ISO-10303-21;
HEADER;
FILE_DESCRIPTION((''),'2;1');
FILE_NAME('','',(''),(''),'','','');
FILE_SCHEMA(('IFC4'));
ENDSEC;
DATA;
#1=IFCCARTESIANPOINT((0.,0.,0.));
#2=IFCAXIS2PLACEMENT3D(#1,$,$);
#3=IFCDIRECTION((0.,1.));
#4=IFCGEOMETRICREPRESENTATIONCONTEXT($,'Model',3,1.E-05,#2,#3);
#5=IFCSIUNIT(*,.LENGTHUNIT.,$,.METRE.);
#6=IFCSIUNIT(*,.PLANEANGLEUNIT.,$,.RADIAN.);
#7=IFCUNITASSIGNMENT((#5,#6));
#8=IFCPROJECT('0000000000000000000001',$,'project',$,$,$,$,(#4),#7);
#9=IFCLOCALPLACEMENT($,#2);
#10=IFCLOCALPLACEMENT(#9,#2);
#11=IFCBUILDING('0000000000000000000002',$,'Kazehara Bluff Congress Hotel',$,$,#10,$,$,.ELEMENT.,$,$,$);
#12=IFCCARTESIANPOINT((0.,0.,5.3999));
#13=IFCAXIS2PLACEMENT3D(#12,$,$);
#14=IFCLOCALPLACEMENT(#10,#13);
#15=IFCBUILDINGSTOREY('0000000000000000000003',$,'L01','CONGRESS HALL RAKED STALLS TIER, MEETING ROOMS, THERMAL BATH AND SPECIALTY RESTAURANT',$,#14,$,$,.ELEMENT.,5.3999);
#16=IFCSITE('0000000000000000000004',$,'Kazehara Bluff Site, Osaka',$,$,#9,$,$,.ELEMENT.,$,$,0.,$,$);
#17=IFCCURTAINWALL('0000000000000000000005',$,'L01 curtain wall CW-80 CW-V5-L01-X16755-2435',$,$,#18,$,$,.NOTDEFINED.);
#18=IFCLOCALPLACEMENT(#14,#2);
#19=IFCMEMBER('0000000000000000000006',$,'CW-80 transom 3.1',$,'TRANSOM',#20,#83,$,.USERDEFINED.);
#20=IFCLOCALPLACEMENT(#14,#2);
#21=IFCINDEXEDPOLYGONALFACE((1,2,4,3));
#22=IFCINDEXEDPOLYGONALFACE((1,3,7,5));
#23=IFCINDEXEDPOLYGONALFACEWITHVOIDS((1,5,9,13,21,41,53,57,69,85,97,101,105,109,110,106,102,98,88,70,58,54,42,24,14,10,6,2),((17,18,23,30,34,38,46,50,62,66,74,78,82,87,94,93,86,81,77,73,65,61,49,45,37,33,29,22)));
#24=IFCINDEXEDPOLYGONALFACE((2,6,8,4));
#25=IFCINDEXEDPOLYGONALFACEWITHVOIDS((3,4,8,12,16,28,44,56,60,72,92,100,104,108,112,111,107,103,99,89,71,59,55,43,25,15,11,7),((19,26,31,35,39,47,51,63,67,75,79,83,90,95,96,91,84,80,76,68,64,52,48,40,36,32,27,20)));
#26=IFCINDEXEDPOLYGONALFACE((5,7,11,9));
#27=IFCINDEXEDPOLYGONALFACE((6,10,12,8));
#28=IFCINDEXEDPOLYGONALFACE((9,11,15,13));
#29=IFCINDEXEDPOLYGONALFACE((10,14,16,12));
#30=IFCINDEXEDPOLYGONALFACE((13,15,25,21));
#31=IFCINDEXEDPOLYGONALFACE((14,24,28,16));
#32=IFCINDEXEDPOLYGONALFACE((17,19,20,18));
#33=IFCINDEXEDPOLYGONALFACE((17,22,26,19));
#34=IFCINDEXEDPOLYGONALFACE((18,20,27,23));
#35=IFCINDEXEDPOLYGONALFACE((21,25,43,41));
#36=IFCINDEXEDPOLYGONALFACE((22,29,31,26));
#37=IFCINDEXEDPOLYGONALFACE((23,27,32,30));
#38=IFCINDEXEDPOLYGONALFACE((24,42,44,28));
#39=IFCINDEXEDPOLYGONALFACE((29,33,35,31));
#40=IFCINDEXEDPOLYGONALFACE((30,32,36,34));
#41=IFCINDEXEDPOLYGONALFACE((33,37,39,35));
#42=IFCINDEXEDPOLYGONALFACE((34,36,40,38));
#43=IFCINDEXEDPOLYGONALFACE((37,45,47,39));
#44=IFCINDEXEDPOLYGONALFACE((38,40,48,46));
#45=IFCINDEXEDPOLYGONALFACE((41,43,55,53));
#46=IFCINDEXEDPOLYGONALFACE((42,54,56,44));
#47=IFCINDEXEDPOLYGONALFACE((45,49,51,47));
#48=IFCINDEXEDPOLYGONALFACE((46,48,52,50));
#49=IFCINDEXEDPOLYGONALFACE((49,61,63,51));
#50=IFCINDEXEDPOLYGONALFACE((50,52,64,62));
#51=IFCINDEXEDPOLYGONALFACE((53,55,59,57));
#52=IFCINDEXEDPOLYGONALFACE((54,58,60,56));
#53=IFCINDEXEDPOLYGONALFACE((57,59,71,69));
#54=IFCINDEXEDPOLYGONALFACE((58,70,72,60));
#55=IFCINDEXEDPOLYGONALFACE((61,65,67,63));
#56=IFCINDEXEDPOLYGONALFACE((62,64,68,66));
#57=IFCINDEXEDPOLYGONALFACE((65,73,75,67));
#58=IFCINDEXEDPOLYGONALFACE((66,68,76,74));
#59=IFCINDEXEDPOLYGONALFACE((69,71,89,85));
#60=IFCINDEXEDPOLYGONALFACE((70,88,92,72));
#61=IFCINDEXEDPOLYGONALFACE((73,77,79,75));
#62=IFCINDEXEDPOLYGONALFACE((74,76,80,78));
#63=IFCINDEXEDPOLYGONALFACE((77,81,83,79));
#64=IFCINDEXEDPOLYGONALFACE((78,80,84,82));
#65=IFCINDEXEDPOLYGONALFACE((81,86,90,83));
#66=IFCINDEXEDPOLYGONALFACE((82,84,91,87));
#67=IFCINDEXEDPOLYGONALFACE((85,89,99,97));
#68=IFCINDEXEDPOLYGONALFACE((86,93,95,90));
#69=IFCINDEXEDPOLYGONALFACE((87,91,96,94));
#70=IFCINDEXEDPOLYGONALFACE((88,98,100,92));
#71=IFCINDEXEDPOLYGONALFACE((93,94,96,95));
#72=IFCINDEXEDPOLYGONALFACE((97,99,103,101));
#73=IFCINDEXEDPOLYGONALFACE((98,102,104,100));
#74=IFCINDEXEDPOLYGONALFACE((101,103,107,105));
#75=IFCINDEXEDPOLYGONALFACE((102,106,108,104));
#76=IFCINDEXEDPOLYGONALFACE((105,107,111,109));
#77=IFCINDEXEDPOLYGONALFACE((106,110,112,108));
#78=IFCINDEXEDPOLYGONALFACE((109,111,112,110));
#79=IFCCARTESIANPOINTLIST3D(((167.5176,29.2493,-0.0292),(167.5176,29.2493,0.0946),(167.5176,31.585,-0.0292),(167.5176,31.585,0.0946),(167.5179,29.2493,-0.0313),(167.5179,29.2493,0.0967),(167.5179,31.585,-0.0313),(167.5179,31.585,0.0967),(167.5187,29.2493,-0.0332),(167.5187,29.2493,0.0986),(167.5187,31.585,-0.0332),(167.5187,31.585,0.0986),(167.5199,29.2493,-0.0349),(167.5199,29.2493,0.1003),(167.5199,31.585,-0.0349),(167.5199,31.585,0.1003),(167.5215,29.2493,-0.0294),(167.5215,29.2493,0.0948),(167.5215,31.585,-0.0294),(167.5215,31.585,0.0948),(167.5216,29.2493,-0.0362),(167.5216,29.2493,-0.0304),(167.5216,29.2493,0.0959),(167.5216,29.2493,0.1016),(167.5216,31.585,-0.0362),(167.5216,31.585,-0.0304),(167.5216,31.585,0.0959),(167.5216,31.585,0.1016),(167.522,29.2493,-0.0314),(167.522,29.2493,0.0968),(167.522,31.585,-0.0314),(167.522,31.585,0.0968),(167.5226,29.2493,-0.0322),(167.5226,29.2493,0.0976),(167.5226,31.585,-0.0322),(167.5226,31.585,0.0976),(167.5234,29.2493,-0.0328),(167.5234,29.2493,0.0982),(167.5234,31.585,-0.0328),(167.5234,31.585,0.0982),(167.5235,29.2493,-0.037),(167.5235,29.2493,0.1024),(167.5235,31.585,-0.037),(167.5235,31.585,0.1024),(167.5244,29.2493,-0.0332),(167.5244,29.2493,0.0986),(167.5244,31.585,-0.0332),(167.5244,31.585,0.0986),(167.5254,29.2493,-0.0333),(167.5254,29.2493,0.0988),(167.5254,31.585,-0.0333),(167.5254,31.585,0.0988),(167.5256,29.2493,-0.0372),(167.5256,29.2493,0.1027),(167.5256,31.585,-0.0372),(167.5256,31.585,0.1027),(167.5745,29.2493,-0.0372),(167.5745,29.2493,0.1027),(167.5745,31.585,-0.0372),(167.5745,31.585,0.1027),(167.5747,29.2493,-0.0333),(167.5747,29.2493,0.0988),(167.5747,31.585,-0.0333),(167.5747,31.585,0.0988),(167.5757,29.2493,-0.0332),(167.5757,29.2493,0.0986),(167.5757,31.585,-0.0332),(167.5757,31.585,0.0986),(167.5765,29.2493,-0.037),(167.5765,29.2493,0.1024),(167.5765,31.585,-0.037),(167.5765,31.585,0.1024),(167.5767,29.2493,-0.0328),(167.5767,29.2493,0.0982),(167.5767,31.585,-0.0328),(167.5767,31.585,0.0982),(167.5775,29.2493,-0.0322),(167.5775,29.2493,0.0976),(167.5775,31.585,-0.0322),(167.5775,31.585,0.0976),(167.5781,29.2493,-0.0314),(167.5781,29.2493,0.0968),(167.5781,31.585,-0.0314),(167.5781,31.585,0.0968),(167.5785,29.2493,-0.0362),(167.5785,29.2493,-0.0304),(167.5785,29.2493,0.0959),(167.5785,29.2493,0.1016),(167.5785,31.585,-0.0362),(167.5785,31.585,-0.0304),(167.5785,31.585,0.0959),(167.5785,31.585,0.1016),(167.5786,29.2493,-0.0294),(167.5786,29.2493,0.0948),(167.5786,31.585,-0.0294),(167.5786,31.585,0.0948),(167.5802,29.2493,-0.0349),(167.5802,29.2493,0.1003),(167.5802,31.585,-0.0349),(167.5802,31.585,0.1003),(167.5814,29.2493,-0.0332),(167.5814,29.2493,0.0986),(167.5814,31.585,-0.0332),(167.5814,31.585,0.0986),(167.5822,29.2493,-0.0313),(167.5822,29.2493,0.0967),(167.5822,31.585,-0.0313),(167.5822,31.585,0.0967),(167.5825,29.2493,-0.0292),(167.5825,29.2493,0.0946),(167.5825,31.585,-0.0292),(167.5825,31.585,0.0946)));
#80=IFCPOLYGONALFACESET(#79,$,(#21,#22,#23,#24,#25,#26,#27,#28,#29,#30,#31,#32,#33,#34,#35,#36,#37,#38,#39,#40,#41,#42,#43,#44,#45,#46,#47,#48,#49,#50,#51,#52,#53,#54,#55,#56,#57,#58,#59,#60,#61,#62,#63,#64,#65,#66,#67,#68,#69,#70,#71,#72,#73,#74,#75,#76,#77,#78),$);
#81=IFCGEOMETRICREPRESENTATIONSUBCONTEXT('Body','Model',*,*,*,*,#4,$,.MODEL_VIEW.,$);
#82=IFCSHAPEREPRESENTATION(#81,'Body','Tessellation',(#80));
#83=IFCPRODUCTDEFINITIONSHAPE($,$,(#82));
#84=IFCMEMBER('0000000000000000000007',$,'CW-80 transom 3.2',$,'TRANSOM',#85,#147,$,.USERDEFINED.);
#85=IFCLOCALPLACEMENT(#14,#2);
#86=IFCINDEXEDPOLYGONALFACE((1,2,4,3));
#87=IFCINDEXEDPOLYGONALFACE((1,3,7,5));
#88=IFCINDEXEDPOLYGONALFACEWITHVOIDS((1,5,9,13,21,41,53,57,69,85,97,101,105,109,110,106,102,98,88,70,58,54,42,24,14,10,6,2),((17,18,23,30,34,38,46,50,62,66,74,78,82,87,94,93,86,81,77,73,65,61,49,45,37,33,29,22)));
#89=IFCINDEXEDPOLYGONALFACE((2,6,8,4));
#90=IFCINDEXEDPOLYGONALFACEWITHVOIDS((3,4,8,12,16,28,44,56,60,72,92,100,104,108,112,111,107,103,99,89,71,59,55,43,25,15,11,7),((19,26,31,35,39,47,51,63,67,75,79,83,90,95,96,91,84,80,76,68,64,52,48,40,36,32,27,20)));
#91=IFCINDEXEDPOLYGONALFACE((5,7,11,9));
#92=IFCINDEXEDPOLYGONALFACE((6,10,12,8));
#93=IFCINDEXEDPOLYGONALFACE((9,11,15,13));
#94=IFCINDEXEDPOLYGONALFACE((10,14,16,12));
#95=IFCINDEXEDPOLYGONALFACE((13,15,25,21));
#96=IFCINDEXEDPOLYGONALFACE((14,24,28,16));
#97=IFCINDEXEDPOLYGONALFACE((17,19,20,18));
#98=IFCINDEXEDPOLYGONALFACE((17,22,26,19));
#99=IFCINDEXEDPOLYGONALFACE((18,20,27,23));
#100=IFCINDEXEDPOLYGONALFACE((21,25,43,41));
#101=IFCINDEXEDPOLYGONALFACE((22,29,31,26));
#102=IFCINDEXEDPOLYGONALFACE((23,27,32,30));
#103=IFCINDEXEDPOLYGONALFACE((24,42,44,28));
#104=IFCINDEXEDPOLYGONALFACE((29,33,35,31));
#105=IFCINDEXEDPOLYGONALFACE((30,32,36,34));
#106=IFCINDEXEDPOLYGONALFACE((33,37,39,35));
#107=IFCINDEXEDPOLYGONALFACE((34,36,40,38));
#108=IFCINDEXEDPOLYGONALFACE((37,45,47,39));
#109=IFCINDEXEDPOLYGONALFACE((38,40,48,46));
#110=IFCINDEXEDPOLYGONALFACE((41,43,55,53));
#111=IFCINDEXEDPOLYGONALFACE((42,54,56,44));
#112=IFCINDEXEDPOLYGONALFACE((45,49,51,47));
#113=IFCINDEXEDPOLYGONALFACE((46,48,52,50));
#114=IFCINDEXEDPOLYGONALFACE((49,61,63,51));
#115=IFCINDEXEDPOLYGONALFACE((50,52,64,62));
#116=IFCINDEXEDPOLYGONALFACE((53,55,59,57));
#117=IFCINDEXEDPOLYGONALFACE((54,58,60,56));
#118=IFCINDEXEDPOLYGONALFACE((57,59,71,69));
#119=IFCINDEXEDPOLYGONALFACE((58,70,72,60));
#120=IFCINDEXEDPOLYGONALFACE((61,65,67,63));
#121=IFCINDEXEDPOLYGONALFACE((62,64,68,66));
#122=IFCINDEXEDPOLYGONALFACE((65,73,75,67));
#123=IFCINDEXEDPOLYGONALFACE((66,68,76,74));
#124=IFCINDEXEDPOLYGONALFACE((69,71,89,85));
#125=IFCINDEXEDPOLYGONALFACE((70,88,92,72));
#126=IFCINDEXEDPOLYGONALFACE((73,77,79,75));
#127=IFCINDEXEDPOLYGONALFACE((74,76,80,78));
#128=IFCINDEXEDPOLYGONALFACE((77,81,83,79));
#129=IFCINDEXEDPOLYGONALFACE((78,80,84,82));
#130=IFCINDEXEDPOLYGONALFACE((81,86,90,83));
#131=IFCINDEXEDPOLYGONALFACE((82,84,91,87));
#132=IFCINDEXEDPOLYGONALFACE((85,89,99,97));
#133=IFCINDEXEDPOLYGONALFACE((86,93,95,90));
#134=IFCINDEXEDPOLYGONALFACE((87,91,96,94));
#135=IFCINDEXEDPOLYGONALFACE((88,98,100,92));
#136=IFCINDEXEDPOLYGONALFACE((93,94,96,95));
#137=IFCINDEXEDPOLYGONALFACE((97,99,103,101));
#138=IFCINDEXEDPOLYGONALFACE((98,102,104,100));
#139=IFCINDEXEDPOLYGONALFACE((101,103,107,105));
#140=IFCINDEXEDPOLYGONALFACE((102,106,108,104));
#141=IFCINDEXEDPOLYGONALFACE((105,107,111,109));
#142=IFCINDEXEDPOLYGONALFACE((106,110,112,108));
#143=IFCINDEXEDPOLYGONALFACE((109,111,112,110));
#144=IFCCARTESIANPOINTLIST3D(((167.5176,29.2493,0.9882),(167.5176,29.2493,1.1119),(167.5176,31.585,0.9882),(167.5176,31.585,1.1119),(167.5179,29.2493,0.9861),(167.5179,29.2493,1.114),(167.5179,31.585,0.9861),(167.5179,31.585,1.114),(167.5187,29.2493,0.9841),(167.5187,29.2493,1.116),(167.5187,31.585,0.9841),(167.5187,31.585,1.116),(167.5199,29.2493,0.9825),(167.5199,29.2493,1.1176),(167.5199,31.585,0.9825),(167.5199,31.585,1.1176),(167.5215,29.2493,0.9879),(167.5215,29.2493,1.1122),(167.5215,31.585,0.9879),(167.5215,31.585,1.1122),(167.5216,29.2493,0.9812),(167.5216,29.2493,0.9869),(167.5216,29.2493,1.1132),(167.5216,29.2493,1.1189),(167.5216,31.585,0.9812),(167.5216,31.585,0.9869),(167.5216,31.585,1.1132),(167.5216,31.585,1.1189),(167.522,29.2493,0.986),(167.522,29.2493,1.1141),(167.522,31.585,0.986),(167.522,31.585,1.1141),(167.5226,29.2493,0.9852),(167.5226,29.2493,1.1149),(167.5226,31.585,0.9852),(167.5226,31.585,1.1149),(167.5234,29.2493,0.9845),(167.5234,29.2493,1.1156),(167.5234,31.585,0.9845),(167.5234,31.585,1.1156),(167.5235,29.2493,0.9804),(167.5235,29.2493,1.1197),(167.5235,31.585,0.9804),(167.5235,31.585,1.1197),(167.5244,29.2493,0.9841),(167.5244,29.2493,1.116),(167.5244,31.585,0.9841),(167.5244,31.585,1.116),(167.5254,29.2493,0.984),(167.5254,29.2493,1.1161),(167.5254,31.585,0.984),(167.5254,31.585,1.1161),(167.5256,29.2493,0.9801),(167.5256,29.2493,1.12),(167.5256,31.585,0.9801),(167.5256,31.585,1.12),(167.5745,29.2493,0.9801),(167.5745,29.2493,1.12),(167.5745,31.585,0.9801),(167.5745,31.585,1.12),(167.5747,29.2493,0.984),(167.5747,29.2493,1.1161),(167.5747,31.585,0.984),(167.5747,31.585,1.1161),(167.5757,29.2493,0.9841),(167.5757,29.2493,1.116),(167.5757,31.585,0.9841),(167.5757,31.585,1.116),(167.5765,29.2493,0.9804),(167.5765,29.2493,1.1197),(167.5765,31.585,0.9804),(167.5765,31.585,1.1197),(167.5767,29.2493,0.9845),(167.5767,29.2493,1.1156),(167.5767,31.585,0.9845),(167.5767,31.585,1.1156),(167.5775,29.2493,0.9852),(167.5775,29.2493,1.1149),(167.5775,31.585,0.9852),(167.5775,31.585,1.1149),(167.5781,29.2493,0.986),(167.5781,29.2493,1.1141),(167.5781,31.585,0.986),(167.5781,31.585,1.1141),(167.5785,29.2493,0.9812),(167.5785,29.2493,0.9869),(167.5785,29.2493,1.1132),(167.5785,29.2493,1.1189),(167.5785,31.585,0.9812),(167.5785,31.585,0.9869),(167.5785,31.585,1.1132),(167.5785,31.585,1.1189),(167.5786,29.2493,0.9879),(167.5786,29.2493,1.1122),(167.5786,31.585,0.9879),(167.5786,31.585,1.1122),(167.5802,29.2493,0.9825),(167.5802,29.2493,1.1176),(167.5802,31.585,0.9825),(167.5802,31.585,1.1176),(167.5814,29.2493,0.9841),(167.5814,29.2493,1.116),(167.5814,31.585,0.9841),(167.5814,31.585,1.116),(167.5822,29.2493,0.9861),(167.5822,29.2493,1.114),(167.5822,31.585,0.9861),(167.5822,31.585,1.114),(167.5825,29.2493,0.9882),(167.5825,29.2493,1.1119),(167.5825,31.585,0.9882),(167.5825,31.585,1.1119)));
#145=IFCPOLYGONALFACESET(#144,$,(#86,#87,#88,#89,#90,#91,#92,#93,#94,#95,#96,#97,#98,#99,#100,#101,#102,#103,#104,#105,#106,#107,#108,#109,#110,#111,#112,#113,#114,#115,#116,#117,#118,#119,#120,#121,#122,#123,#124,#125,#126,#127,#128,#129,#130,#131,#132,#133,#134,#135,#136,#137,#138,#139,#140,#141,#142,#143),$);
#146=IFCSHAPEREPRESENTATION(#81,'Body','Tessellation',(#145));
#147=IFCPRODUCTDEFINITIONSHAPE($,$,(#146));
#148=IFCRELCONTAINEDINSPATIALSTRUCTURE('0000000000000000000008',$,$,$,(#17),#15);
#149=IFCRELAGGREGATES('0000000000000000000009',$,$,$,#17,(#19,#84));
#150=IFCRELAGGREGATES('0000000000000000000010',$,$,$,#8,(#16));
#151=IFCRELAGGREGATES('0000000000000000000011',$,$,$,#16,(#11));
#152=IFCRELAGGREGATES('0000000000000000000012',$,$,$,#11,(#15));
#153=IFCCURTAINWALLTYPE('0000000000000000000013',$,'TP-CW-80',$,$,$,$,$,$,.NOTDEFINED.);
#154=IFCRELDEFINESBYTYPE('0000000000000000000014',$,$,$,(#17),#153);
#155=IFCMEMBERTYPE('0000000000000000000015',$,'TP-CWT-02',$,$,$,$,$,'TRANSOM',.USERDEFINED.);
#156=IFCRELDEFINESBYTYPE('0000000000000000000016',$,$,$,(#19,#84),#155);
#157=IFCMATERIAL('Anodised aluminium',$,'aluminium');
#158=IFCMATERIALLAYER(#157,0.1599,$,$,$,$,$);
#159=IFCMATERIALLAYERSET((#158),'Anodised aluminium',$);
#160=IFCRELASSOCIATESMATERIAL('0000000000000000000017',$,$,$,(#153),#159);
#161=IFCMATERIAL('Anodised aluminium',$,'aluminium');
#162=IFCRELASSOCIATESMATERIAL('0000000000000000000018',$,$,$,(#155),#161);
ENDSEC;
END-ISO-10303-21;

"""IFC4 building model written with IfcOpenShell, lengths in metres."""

from ifc_helpers import new_model, si_unit, direction, frame, origin, origin_2d, place, context, subcontext, project, spatial, hollow_rectangle, extrude, material, layer, layer_set, material_profile, profile_set, type_object, element, aggregate, save


model = new_model("IFC4")

# Units and contexts
model_context = context("Model", 3, precision=1e-05, world=origin(), true_north=direction((0.0, 1.0)))
body_context = subcontext(model_context, "Body", "Model", "MODEL_VIEW")
ifc_project = project(units=[si_unit("LENGTHUNIT", "METRE"), si_unit("PLANEANGLEUNIT", "RADIAN")], contexts=[model_context])

# Site, building, storey
site_placement = place(None, origin())
site = spatial("IfcSite", under=ifc_project, at=site_placement, Name="Kazehara Bluff Site, Osaka", CompositionType="ELEMENT", RefElevation=0.0)
building_placement = place(site_placement, origin())
building = spatial("IfcBuilding", under=site, at=building_placement, Name="Kazehara Bluff Congress Hotel", CompositionType="ELEMENT")
storey_placement = place(building_placement, frame((0.0, 0.0, 5.3999)))
storey = spatial("IfcBuildingStorey", under=building, at=storey_placement, Name="L01", Description="CONGRESS HALL RAKED STALLS TIER, MEETING ROOMS, THERMAL BATH AND SPECIALTY RESTAURANT", CompositionType="ELEMENT", Elevation=5.3999)

# Curtain wall
ifc_material_1 = material(Name="Anodised aluminium", Category="aluminium")
ifc_layer_1 = layer(ifc_material_1, 0.1599)
ifc_layer_set_1 = layer_set([ifc_layer_1], Name="Anodised aluminium")
curtain_wall_type_1 = type_object("IfcCurtainWallType", Name="TP-CW-80", PredefinedType="NOTDEFINED", material=ifc_layer_set_1)
curtain_wall_1_placement = place(storey_placement, origin())
curtain_wall_1 = element("IfcCurtainWall", 1, at=curtain_wall_1_placement, inside=storey, type_object=curtain_wall_type_1, Name="L01 curtain wall CW-80 CW-V5-L01-X16755-2435", PredefinedType="NOTDEFINED")

# Members
ifc_material_2 = material(Name="Anodised aluminium", Category="aluminium")
ifc_material_profile_1 = material_profile(ifc_material_2, hollow_rectangle(XDim=0.0649, YDim=0.1399, WallThickness=0.0039, InnerFilletRadius=0.0039, OuterFilletRadius=0.0081, at=origin_2d()))
ifc_profile_set_1 = profile_set([ifc_material_profile_1], Name="Anodised aluminium")
member_type_1 = type_object("IfcMemberType", Name="TP-CWT-02", ElementType="TRANSOM", PredefinedType="USERDEFINED", material=ifc_profile_set_1)
member_1_placement = place(storey_placement, frame((167.55, 29.2493, 0.0327), z_axis=(0.0, 1.0, 0.0), x_axis=(-1.0, 0.0, 0.0)))
member_1 = element("IfcMember", 2, at=member_1_placement, type_object=member_type_1, Name="CW-80 transom 3.1", ObjectType="TRANSOM", PredefinedType="USERDEFINED", context=body_context, shape_type="SweptSolid", body=[
    extrude(hollow_rectangle(XDim=0.0649, YDim=0.1399, WallThickness=0.0039, InnerFilletRadius=0.0039, OuterFilletRadius=0.0081, at=origin_2d()), origin(), (0.0, 0.0, 1.0), 2.3357),
])
member_2_placement = place(storey_placement, frame((167.55, 29.2493, 1.05), z_axis=(0.0, 1.0, 0.0), x_axis=(-1.0, 0.0, 0.0)))
member_2 = element("IfcMember", 3, at=member_2_placement, type_object=member_type_1, Name="CW-80 transom 3.2", ObjectType="TRANSOM", PredefinedType="USERDEFINED", context=body_context, shape_type="SweptSolid", body=[
    extrude(hollow_rectangle(XDim=0.0649, YDim=0.1399, WallThickness=0.0039, InnerFilletRadius=0.0039, OuterFilletRadius=0.0081, at=origin_2d()), origin(), (0.0, 0.0, 1.0), 2.3357),
])

aggregate(curtain_wall_1, [member_1, member_2])

save(model, "model.ifc")
